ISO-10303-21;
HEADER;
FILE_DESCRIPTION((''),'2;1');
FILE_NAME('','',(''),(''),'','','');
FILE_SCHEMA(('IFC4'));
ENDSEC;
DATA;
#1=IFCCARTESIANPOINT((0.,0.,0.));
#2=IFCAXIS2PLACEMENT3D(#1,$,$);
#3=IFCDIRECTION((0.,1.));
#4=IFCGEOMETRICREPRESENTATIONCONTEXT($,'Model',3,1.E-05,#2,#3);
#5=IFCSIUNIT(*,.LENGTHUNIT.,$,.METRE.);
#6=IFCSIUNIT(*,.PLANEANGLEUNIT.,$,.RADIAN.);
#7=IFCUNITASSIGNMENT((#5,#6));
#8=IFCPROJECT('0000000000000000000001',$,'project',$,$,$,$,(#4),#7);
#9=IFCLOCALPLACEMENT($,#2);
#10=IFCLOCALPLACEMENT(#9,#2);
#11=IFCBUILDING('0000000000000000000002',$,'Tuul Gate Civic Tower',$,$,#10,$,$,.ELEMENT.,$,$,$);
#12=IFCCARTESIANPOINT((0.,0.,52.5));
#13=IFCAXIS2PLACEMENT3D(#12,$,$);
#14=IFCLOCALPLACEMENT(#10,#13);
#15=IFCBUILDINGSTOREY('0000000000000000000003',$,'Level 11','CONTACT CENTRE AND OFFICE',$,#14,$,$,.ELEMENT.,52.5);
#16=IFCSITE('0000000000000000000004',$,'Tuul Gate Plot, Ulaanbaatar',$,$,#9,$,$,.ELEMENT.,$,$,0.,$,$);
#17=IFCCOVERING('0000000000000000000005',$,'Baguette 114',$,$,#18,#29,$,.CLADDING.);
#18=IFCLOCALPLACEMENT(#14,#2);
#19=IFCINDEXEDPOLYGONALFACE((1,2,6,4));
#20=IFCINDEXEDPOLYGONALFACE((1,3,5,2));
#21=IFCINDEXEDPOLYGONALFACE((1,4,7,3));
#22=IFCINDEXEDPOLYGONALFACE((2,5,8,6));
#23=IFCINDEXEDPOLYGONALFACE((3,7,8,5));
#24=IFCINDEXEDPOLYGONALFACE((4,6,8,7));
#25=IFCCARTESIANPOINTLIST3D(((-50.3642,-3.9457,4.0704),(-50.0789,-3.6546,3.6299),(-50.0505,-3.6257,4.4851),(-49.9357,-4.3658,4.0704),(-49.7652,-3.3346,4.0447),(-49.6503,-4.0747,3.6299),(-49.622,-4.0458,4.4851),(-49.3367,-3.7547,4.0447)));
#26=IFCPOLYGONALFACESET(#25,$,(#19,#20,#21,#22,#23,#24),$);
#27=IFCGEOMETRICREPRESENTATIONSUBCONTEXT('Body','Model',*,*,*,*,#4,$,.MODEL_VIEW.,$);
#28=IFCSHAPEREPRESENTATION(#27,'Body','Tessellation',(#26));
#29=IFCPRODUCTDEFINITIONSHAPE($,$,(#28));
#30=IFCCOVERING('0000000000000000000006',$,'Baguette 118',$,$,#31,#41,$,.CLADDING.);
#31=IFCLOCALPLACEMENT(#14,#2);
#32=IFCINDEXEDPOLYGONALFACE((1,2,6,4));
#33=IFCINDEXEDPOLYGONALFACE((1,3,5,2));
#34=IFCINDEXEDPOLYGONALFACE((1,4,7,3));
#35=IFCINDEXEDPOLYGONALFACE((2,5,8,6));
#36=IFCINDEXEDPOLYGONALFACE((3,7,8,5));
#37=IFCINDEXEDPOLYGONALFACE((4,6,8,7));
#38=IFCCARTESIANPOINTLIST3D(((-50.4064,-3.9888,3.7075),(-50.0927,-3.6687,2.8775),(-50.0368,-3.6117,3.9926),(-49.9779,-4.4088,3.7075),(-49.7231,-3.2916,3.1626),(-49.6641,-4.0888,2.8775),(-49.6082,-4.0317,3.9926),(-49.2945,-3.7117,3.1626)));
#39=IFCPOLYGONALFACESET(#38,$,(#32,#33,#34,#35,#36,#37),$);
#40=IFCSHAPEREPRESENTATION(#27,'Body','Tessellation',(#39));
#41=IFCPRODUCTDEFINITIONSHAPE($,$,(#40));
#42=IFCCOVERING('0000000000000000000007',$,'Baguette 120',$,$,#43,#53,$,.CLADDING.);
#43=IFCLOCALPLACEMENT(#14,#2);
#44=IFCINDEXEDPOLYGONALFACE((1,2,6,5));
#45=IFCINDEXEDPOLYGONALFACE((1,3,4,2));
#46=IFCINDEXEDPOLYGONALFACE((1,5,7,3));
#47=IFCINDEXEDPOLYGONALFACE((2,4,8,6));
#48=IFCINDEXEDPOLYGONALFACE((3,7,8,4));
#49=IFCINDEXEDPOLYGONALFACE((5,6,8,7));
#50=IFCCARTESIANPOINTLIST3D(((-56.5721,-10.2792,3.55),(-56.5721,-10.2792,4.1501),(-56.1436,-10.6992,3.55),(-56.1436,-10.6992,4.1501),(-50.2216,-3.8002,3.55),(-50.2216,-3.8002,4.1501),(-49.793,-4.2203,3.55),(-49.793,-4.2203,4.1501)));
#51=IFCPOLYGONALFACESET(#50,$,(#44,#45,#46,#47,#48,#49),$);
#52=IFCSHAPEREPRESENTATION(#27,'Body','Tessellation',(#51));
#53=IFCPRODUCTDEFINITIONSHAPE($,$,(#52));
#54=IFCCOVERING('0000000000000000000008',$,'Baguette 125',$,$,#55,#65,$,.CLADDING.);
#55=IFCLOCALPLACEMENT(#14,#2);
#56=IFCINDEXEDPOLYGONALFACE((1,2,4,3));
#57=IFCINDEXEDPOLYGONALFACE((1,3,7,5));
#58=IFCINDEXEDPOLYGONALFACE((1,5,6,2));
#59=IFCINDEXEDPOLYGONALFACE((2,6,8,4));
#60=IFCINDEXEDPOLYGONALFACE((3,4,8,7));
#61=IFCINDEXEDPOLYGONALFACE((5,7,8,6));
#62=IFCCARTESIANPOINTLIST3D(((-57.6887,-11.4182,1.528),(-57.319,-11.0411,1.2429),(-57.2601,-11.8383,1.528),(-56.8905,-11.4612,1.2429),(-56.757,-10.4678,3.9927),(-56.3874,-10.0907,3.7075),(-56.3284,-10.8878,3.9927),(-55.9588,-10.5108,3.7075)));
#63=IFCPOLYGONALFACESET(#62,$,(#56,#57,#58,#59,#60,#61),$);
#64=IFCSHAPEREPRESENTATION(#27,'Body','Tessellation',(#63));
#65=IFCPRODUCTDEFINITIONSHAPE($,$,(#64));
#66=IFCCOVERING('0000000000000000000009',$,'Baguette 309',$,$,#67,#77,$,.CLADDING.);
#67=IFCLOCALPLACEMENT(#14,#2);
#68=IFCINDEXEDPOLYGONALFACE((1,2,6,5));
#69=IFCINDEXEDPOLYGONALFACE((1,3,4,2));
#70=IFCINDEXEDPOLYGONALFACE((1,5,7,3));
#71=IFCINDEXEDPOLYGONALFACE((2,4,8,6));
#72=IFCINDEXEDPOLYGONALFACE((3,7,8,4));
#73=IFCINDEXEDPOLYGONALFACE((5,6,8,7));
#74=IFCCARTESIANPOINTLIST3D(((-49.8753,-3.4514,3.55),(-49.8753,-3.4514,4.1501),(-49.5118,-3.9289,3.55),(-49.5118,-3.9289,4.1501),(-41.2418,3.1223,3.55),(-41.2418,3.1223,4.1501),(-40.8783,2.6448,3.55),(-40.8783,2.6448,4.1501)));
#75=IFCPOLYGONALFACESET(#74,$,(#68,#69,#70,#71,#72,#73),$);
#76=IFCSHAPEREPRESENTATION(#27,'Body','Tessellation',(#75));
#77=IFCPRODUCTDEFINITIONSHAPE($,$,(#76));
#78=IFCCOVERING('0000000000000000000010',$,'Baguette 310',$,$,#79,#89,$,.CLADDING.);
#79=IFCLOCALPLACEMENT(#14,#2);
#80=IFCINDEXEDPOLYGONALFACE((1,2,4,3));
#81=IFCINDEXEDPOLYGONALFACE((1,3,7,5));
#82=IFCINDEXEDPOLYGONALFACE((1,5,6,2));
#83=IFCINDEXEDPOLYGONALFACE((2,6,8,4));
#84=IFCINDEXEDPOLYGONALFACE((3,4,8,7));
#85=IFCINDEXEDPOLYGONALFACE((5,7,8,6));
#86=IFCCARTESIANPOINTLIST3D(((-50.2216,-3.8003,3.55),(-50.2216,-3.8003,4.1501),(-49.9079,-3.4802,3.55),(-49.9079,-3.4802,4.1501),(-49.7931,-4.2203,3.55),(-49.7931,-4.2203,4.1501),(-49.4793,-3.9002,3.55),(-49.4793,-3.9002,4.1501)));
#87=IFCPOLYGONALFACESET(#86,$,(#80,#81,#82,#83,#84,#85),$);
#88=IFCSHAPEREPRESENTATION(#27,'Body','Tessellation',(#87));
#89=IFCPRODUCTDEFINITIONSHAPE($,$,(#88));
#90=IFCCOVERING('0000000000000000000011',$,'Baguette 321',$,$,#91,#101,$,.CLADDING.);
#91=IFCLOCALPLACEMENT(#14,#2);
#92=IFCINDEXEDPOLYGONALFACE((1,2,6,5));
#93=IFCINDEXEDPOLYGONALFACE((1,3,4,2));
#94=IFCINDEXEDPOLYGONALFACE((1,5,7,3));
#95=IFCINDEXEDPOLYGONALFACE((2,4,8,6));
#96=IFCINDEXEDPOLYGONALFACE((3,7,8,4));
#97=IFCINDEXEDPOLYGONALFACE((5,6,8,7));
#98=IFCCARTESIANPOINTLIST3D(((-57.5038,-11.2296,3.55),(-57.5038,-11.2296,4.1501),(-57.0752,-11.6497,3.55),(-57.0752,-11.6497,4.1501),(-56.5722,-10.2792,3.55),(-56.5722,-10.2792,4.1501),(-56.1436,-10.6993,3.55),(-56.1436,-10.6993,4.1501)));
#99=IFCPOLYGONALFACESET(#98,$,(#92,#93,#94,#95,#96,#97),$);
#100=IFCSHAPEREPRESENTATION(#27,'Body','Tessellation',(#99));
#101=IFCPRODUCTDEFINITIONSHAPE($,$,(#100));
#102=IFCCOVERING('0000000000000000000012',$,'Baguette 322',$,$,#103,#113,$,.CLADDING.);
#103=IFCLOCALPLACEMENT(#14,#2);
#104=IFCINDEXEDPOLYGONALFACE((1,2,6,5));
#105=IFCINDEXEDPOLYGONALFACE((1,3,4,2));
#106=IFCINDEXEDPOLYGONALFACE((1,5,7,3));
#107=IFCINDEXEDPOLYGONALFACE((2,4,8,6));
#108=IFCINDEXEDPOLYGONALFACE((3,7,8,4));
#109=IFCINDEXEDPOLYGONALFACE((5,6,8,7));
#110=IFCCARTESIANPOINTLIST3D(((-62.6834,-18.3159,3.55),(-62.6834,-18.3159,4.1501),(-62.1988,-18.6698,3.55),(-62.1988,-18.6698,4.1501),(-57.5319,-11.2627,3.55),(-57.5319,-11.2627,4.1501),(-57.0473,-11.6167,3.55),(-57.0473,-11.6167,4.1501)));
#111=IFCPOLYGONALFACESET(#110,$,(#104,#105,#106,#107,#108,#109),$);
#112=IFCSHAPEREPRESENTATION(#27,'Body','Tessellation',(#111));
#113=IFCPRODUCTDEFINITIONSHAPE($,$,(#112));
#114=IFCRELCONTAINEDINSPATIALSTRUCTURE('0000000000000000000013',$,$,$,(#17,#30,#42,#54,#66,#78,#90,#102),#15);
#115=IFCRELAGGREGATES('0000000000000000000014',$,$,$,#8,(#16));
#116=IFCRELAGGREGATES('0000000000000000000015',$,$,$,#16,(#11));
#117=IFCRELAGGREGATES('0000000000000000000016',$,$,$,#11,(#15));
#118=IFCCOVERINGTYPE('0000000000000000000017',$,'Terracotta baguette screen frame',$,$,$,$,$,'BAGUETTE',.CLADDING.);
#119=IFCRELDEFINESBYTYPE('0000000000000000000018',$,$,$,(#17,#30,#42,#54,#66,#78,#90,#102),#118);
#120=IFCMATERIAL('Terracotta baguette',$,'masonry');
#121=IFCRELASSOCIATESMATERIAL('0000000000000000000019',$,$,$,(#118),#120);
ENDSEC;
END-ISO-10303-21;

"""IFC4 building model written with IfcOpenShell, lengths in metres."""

from ifc_helpers import new_model, si_unit, direction, frame, origin, origin_2d, place, context, subcontext, project, spatial, rectangle, extrude, material, material_profile, profile_set, type_object, element, save


model = new_model("IFC4")

# Units and contexts
model_context = context("Model", 3, precision=1e-05, world=origin(), true_north=direction((0.0, 1.0)))
body_context = subcontext(model_context, "Body", "Model", "MODEL_VIEW")
ifc_project = project(units=[si_unit("LENGTHUNIT", "METRE"), si_unit("PLANEANGLEUNIT", "RADIAN")], contexts=[model_context])

# Site, building, storey
site_placement = place(None, origin())
site = spatial("IfcSite", under=ifc_project, at=site_placement, Name="Tuul Gate Plot, Ulaanbaatar", CompositionType="ELEMENT", RefElevation=0.0)
building_placement = place(site_placement, origin())
building = spatial("IfcBuilding", under=site, at=building_placement, Name="Tuul Gate Civic Tower", CompositionType="ELEMENT")
storey_placement = place(building_placement, frame((0.0, 0.0, 52.5)))
storey = spatial("IfcBuildingStorey", under=building, at=storey_placement, Name="Level 11", Description="CONTACT CENTRE AND OFFICE", CompositionType="ELEMENT", Elevation=52.5)

# Coverings
ifc_material_1 = material(Name="Terracotta baguette", Category="masonry")
ifc_material_profile_1 = material_profile(ifc_material_1, rectangle(XDim=0.6001, YDim=0.6001, at=origin_2d()), Name="Terracotta baguette screen frame")
ifc_profile_set_1 = profile_set([ifc_material_profile_1], Name="Terracotta baguette")
covering_type = type_object("IfcCoveringType", Name="Terracotta baguette screen frame", ElementType="BAGUETTE", PredefinedType="CLADDING", material=ifc_profile_set_1)
covering_1_placement = place(storey_placement, frame((-49.6936, -3.6902, 4.2649), z_axis=(-0.513731, -0.524126, -0.679244), x_axis=(0.714153, -0.69999, 0.0)))
element("IfcCovering", 1, at=covering_1_placement, inside=storey, type_object=covering_type, Name="Baguette 114", PredefinedType="CLADDING", context=body_context, shape_type="SweptSolid", body=[
    extrude(rectangle(XDim=0.6001, YDim=0.6001, at=origin_2d()), origin(), (0.0, 0.0, 1.0), 0.6106),
])
covering_2_placement = place(storey_placement, frame((-50.0073, -4.0103, 3.8501), z_axis=(0.332563, 0.339292, -0.879933), x_axis=(-0.714153, 0.69999, 0.0)))
element("IfcCovering", 2, at=covering_2_placement, inside=storey, type_object=covering_type, Name="Baguette 118", PredefinedType="CLADDING", context=body_context, shape_type="SweptSolid", body=[
    extrude(rectangle(XDim=0.6001, YDim=0.6001, at=origin_2d()), origin(), (0.0, 0.0, 1.0), 0.9434),
])
covering_3_placement = place(storey_placement, frame((-50.0073, -4.0103, 3.8501), z_axis=(-0.699994, -0.714149, 0.0), x_axis=(0.714149, -0.699994, 0.0)))
element("IfcCovering", 3, at=covering_3_placement, inside=storey, type_object=covering_type, Name="Baguette 120", PredefinedType="CLADDING", context=body_context, shape_type="SweptSolid", body=[
    extrude(rectangle(XDim=0.6001, YDim=0.6001, at=origin_2d()), origin(), (0.0, 0.0, 1.0), 9.0723),
])
covering_4_placement = place(storey_placement, frame((-56.3579, -10.4893, 3.8501), z_axis=(-0.332611, -0.339323, -0.879903), x_axis=(0.714134, -0.700009, 0.0)))
element("IfcCovering", 4, at=covering_4_placement, inside=storey, type_object=covering_type, Name="Baguette 125", PredefinedType="CLADDING", context=body_context, shape_type="SweptSolid", body=[
    extrude(rectangle(XDim=0.6001, YDim=0.6001, at=origin_2d()), origin(), (0.0, 0.0, 1.0), 2.801),
])
covering_5_placement = place(storey_placement, frame((-41.0601, 2.8835, 3.8501), z_axis=(-0.795619, -0.605798, 0.0), x_axis=(0.605798, -0.795619, 0.0)))
element("IfcCovering", 5, at=covering_5_placement, inside=storey, type_object=covering_type, Name="Baguette 309", PredefinedType="CLADDING", context=body_context, shape_type="SweptSolid", body=[
    extrude(rectangle(XDim=0.6001, YDim=0.6001, at=origin_2d()), origin(), (0.0, 0.0, 1.0), 10.8513),
])
covering_6_placement = place(storey_placement, frame((-49.6936, -3.6902, 3.8501), z_axis=(-0.69999, -0.714153, 0.0), x_axis=(0.714153, -0.69999, 0.0)))
element("IfcCovering", 6, at=covering_6_placement, inside=storey, type_object=covering_type, Name="Baguette 310", PredefinedType="CLADDING", context=body_context, shape_type="SweptSolid", body=[
    extrude(rectangle(XDim=0.6001, YDim=0.6001, at=origin_2d()), origin(), (0.0, 0.0, 1.0), 0.4482),
])
covering_7_placement = place(storey_placement, frame((-56.3579, -10.4893, 3.8501), z_axis=(-0.700009, -0.714134, 0.0), x_axis=(0.714134, -0.700009, 0.0)))
element("IfcCovering", 7, at=covering_7_placement, inside=storey, type_object=covering_type, Name="Baguette 321", PredefinedType="CLADDING", context=body_context, shape_type="SweptSolid", body=[
    extrude(rectangle(XDim=0.6001, YDim=0.6001, at=origin_2d()), origin(), (0.0, 0.0, 1.0), 1.3308),
])
covering_8_placement = place(storey_placement, frame((-57.2896, -11.4397, 3.8501), z_axis=(-0.589818, -0.807537, 0.0), x_axis=(0.807537, -0.589818, 0.0)))
element("IfcCovering", 8, at=covering_8_placement, inside=storey, type_object=covering_type, Name="Baguette 322", PredefinedType="CLADDING", context=body_context, shape_type="SweptSolid", body=[
    extrude(rectangle(XDim=0.6001, YDim=0.6001, at=origin_2d()), origin(), (0.0, 0.0, 1.0), 8.7341),
])

save(model, "model.ifc")
